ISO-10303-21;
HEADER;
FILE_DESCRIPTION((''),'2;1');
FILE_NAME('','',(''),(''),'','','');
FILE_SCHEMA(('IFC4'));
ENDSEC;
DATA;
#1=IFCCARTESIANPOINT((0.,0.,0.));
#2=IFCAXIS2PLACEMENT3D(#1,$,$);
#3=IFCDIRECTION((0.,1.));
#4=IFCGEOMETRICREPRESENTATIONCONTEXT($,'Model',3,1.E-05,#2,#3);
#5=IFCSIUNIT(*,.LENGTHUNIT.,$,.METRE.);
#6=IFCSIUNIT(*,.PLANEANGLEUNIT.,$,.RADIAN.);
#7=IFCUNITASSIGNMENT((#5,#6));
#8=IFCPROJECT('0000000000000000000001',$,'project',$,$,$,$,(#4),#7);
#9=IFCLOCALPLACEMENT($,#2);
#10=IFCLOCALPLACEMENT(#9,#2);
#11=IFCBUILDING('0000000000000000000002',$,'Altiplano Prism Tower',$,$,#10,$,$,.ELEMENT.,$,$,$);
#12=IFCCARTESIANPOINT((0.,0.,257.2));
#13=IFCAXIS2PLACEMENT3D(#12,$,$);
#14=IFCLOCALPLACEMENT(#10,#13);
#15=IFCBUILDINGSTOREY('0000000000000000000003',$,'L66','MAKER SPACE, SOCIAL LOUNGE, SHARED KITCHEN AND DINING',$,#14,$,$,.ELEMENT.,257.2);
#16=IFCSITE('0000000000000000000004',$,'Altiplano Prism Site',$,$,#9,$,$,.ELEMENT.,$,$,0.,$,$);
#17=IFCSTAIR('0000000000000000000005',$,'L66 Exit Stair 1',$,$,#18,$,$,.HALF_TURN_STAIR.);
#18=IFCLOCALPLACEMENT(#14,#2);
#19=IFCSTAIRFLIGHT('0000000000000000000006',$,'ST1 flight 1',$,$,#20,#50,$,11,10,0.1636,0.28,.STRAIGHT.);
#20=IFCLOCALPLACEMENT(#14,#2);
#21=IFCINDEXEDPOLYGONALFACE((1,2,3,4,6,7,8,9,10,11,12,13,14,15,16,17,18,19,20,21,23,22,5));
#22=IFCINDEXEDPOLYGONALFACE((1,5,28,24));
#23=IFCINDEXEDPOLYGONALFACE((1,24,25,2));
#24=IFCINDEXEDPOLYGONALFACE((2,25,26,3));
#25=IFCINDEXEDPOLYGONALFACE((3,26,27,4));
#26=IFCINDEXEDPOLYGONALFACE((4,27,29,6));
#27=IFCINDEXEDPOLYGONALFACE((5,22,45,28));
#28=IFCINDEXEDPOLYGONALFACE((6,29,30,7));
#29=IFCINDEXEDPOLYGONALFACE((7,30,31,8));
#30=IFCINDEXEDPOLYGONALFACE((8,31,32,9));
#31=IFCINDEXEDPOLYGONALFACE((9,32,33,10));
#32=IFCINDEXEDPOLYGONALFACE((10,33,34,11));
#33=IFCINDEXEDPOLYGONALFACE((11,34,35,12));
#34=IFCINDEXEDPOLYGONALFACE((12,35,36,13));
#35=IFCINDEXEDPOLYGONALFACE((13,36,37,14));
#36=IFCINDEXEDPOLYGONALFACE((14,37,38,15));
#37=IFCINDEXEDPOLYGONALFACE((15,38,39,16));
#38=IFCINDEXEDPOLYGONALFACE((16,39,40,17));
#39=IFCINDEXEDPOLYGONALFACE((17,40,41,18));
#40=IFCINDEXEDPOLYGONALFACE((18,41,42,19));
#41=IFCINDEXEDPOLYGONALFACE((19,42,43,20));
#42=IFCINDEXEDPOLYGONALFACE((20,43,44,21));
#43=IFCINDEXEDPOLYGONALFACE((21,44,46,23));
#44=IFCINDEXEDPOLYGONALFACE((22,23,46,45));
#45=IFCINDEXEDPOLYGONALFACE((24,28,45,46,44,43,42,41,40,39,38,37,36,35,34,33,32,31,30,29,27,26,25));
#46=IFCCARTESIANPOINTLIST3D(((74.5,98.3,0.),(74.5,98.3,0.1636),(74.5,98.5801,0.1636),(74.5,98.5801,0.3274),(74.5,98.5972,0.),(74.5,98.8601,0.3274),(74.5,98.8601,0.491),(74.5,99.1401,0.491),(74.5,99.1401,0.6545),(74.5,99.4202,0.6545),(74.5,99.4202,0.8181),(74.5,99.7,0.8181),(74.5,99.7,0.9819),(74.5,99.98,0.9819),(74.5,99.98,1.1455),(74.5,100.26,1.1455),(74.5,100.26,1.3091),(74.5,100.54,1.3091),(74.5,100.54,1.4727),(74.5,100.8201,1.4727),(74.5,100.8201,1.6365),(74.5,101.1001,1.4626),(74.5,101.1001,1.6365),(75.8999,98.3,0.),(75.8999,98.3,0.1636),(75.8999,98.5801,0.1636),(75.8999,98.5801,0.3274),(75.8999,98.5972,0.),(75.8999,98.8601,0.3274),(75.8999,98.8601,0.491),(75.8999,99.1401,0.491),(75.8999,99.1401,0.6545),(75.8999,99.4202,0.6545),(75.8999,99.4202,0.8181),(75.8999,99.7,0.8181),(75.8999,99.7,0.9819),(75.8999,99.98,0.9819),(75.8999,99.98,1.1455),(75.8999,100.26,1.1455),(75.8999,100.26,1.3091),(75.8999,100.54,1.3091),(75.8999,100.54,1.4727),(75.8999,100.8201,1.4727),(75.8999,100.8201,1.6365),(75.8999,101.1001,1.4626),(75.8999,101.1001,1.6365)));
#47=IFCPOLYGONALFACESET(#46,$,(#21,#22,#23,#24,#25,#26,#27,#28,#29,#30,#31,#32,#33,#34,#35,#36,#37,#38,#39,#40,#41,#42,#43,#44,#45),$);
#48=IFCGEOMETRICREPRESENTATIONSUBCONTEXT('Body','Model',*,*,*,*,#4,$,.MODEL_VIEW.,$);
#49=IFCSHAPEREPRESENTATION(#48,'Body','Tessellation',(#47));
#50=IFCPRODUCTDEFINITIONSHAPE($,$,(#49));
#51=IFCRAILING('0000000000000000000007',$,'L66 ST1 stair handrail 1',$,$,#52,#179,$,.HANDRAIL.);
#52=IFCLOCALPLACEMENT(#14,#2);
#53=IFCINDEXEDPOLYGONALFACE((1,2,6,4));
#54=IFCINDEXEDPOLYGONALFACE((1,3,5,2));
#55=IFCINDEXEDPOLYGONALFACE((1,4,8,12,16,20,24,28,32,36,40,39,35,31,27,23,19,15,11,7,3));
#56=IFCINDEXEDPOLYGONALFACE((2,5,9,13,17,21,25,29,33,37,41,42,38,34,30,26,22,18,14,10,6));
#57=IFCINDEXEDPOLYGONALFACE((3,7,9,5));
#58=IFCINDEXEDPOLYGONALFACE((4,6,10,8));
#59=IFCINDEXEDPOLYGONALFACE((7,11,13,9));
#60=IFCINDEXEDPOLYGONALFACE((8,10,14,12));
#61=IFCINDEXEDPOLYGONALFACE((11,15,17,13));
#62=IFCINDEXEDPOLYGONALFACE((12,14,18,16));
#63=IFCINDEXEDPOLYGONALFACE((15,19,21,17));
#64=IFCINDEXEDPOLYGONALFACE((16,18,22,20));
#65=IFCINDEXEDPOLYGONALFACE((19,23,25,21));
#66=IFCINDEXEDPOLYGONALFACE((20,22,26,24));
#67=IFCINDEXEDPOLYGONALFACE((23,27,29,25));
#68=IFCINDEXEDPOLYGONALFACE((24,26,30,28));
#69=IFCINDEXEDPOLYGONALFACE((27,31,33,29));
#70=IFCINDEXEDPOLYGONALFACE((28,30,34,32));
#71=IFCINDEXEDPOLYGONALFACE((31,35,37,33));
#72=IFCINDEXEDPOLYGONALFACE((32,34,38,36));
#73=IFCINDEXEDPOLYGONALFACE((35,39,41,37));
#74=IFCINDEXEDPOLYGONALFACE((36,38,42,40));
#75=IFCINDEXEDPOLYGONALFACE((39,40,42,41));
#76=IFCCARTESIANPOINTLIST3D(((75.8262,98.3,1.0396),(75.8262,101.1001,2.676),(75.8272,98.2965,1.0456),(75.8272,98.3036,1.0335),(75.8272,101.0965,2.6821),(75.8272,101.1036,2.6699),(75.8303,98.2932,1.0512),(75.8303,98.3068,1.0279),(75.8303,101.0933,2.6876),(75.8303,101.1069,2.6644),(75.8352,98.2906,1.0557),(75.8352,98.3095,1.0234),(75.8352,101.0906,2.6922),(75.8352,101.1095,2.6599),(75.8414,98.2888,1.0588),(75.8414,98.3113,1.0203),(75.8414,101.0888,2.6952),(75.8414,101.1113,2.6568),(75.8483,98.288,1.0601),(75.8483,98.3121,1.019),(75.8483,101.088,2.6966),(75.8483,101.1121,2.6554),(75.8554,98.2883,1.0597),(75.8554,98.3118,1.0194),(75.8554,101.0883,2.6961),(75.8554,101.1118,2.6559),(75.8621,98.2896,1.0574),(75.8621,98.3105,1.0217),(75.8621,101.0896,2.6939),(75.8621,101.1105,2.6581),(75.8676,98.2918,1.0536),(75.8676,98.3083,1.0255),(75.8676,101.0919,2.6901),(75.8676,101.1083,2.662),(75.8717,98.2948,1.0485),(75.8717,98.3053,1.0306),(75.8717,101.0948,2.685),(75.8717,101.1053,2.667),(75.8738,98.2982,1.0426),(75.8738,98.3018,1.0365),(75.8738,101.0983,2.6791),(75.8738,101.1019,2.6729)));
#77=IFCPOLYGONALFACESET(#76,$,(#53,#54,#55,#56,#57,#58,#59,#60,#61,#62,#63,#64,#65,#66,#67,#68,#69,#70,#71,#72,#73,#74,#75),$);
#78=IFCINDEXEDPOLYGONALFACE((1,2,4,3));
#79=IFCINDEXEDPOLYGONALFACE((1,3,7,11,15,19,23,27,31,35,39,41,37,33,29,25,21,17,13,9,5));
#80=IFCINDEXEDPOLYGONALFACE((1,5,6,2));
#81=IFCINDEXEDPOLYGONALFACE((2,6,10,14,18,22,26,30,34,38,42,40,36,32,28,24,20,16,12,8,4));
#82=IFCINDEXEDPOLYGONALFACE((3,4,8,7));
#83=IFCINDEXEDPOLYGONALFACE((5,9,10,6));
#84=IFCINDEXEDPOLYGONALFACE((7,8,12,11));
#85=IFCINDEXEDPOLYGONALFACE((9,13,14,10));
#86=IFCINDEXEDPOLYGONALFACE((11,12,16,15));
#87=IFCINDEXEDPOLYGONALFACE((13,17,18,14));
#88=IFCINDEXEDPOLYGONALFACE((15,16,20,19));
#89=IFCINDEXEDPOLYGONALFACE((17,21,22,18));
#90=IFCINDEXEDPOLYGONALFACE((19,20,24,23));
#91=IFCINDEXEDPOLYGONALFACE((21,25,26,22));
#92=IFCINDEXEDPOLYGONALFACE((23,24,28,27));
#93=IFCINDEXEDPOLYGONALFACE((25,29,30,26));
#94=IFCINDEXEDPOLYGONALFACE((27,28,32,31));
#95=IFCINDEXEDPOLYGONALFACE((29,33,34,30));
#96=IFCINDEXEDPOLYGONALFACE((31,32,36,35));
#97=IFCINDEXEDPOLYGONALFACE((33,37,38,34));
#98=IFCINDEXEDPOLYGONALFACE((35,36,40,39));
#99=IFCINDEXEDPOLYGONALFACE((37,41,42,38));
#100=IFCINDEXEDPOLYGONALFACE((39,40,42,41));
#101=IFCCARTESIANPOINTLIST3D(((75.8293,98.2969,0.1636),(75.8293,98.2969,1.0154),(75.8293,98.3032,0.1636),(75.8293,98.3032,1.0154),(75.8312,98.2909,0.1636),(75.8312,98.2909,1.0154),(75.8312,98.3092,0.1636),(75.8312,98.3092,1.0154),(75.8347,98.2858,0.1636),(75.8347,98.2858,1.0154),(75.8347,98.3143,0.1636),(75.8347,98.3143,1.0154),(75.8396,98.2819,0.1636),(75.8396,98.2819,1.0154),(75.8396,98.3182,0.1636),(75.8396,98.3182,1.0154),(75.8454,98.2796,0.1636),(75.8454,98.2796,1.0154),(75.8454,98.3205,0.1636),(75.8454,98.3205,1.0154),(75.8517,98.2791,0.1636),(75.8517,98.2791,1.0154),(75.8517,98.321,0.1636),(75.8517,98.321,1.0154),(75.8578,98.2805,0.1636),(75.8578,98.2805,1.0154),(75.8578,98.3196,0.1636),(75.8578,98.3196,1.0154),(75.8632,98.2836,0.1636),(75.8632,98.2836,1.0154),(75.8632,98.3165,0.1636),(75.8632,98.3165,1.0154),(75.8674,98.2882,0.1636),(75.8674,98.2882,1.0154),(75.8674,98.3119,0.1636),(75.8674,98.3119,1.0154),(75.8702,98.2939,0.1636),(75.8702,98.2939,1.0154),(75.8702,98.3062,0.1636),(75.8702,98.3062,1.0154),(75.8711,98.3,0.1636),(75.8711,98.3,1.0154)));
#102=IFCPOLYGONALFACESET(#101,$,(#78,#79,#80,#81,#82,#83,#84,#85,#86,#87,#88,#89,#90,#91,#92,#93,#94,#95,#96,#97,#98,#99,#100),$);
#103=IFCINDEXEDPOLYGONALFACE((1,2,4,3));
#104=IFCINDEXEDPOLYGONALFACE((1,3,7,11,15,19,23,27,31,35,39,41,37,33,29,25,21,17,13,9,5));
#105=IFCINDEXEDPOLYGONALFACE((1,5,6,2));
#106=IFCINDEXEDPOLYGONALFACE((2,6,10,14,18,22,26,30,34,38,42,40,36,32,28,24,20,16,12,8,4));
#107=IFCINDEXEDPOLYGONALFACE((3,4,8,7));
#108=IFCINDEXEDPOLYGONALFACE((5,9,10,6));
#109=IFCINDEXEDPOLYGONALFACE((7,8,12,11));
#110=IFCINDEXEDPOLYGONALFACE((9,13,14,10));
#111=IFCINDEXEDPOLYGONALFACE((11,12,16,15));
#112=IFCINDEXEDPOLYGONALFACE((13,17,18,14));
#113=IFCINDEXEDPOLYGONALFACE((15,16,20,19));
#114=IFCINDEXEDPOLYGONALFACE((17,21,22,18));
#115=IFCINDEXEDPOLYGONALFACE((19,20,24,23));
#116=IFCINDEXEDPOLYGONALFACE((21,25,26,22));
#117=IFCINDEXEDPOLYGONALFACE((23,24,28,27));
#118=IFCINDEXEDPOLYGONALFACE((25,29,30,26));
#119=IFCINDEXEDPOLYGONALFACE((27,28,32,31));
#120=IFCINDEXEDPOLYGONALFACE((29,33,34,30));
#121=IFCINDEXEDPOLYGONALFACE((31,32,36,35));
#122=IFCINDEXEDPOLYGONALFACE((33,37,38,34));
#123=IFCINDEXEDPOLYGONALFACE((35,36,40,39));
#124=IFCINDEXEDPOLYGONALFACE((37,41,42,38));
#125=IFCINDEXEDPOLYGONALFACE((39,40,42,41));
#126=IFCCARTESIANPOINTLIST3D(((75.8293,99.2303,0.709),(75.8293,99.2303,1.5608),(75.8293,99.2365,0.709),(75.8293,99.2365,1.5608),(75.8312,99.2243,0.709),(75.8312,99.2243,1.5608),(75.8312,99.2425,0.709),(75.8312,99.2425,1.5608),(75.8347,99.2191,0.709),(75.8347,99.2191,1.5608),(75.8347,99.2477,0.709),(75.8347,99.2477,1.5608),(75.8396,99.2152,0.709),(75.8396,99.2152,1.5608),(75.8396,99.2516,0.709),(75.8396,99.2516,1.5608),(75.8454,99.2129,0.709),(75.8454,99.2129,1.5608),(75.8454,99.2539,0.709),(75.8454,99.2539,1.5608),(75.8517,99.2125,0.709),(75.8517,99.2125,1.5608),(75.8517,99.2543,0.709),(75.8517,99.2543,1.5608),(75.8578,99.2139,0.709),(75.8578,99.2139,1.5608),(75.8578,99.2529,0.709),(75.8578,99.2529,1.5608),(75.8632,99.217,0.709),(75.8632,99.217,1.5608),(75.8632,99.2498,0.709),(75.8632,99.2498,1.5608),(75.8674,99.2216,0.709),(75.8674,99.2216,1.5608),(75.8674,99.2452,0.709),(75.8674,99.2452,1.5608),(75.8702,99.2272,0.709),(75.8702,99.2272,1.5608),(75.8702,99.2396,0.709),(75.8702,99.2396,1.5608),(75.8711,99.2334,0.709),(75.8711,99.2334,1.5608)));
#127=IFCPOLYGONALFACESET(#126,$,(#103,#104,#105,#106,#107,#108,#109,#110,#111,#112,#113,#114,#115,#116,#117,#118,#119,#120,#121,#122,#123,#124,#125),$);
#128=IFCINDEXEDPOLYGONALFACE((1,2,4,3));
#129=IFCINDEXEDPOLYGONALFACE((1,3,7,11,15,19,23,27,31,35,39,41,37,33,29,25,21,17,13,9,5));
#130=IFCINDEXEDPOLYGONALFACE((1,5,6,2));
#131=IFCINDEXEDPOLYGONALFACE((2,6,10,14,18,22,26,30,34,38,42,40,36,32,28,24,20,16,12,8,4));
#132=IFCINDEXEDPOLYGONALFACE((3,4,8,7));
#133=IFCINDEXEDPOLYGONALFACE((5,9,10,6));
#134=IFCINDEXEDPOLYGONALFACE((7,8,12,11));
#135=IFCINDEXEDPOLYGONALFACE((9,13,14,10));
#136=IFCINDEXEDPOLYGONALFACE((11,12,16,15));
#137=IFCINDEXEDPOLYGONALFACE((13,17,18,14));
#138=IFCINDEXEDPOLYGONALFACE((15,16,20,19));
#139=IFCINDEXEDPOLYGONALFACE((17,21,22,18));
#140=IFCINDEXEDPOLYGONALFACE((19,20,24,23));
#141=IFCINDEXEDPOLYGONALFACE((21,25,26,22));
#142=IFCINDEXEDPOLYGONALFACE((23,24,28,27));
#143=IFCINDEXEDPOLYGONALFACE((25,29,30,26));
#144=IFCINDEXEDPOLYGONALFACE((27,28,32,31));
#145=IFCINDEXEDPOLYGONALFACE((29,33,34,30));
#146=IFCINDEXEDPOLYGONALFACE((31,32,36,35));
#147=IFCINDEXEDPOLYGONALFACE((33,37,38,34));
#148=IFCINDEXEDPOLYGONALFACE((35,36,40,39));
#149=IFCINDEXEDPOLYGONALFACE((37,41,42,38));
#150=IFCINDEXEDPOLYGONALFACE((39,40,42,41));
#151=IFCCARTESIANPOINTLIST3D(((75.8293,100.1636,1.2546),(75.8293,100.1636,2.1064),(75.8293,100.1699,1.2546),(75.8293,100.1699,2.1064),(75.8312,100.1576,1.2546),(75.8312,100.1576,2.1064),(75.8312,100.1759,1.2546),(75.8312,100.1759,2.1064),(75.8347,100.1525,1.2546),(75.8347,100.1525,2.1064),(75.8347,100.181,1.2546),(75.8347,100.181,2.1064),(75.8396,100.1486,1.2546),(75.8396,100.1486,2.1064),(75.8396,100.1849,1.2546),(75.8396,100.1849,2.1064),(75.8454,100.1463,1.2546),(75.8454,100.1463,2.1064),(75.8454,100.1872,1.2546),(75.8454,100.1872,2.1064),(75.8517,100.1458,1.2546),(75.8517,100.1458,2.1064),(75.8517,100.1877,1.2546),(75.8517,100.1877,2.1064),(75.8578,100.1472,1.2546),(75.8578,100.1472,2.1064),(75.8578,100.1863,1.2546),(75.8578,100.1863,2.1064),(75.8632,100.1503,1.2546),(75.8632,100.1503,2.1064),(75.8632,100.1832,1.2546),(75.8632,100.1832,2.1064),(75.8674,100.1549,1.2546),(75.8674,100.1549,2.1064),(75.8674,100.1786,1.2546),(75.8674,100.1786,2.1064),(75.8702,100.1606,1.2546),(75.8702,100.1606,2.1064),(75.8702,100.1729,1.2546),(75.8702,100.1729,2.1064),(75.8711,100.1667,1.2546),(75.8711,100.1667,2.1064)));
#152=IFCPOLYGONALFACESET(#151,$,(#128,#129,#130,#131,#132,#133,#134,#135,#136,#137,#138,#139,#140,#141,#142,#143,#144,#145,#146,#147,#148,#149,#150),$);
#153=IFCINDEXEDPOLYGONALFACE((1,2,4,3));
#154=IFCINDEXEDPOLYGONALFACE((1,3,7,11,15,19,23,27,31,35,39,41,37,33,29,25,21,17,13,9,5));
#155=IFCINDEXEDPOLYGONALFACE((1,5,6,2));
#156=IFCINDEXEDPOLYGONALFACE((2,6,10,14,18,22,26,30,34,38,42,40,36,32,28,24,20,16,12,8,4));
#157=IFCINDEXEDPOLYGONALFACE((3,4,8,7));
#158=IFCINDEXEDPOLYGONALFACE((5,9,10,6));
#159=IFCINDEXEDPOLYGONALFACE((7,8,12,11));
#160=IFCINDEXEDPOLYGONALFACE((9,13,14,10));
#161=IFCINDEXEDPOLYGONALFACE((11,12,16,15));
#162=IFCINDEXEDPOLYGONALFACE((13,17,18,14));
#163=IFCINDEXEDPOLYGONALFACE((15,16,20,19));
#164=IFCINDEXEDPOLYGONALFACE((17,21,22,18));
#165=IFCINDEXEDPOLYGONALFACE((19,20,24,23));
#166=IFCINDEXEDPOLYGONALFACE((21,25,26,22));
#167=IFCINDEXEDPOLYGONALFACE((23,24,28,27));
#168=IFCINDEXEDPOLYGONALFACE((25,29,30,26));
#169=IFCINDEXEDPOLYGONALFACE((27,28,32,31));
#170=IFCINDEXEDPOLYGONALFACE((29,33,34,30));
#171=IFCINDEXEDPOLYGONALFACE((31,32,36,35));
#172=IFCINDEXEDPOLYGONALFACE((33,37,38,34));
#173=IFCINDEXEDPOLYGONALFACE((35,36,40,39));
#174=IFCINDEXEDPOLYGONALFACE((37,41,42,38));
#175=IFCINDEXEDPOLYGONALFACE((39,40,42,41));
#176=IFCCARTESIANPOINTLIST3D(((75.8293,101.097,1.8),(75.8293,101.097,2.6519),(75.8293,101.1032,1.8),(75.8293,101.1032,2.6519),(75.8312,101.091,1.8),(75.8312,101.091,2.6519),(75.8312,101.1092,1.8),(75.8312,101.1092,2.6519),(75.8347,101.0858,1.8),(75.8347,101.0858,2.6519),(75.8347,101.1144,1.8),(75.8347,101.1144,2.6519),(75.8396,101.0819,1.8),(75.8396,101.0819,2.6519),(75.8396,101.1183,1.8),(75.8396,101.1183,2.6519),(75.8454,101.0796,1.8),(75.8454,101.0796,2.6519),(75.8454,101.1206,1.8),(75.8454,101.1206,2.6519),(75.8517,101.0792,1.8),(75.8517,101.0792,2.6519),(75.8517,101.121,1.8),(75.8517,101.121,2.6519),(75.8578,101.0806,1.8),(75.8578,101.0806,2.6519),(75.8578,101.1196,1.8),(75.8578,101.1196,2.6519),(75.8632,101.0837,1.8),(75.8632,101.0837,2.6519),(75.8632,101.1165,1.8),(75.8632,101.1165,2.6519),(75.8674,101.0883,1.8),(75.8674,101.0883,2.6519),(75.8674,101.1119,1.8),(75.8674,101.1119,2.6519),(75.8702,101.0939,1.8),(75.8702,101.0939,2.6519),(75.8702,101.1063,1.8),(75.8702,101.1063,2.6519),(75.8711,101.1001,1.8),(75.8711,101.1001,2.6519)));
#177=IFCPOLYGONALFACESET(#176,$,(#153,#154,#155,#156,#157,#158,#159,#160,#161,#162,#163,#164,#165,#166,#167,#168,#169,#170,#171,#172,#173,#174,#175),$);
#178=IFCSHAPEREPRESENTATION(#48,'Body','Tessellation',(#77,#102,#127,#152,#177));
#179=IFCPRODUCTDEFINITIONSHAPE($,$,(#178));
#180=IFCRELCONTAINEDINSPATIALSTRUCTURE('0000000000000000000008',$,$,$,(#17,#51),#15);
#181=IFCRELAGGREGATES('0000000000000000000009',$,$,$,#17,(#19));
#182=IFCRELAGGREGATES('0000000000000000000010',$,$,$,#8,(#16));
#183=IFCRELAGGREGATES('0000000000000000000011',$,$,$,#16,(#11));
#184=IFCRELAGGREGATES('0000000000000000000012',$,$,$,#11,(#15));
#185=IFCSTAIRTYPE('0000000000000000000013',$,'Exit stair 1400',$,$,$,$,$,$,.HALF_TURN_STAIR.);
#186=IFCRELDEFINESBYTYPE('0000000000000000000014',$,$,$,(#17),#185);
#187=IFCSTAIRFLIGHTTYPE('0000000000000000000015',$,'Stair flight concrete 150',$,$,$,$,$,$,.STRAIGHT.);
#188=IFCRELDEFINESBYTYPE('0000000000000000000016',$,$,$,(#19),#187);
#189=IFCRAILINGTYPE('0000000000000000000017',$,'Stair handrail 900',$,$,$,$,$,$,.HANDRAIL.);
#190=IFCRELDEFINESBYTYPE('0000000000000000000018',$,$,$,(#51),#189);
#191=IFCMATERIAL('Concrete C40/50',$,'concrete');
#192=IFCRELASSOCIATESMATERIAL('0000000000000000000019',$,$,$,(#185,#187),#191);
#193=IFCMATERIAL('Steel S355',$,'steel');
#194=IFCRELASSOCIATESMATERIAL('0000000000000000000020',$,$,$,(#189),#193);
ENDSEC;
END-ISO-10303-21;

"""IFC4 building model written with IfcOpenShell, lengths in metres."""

from ifc_helpers import new_model, si_unit, direction, frame, origin, origin_2d, place, context, subcontext, project, spatial, polyline, circle, outline, extrude, material, type_object, element, aggregate, save


model = new_model("IFC4")

# Units and contexts
model_context = context("Model", 3, precision=1e-05, world=origin(), true_north=direction((0.0, 1.0)))
body_context = subcontext(model_context, "Body", "Model", "MODEL_VIEW")
ifc_project = project(units=[si_unit("LENGTHUNIT", "METRE"), si_unit("PLANEANGLEUNIT", "RADIAN")], contexts=[model_context])

# Site, building, storey
site_placement = place(None, origin())
site = spatial("IfcSite", under=ifc_project, at=site_placement, Name="Altiplano Prism Site", CompositionType="ELEMENT", RefElevation=0.0)
building_placement = place(site_placement, origin())
building = spatial("IfcBuilding", under=site, at=building_placement, Name="Altiplano Prism Tower", CompositionType="ELEMENT")
storey_placement = place(building_placement, frame((0.0, 0.0, 257.2)))
storey = spatial("IfcBuildingStorey", under=building, at=storey_placement, Name="L66", Description="MAKER SPACE, SOCIAL LOUNGE, SHARED KITCHEN AND DINING", CompositionType="ELEMENT", Elevation=257.2)

# Stair, stair flight
ifc_material_1 = material(Name="Concrete C40/50", Category="concrete")
stair_type = type_object("IfcStairType", Name="Exit stair 1400", PredefinedType="HALF_TURN_STAIR", material=ifc_material_1)
stair_placement = place(storey_placement, origin())
stair = element("IfcStair", 1, at=stair_placement, inside=storey, type_object=stair_type, Name="L66 Exit Stair 1", PredefinedType="HALF_TURN_STAIR")
stair_flight_type = type_object("IfcStairFlightType", Name="Stair flight concrete 150", PredefinedType="STRAIGHT", material=ifc_material_1)
stair_flight_placement = place(storey_placement, frame((75.2, 98.3, 0.0), z_axis=(0.0, 0.0, 1.0), x_axis=(0.0, 1.0, 0.0)))
stair_flight = element("IfcStairFlight", 2, at=stair_flight_placement, type_object=stair_flight_type, Name="ST1 flight 1", NumberOfRisers=11, NumberOfTreads=10, PredefinedType="STRAIGHT", RiserHeight=0.1636, TreadLength=0.28, context=body_context, shape_type="SweptSolid", body=[
    extrude(outline(polyline([(0.0, 0.0), (0.0, 0.1636), (0.28, 0.1636), (0.28, 0.3274), (0.5601, 0.3274), (0.5601, 0.491), (0.8401, 0.491), (0.8401, 0.6545), (1.1201, 0.6545), (1.1201, 0.8181), (1.3999, 0.8181), (1.3999, 0.9819), (1.6799, 0.9819), (1.6799, 1.1455), (1.96, 1.1455), (1.96, 1.3091), (2.24, 1.3091), (2.24, 1.4727), (2.52, 1.4727), (2.52, 1.6365), (2.8, 1.6365), (2.8, 1.8), (2.8, 1.4626), (0.2971, 0.0), (0.0, 0.0)])), frame((0.0, 0.7, 0.0), z_axis=(0.0, -1.0, 0.0), x_axis=(1.0, 0.0, 0.0)), (0.0, 0.0, 1.0), 1.3999),
])
aggregate(stair, [stair_flight])

# Railing
ifc_material_2 = material(Name="Steel S355", Category="steel")
railing_type_1 = type_object("IfcRailingType", Name="Stair handrail 900", PredefinedType="HANDRAIL", material=ifc_material_2)
railing_1_placement = place(storey_placement, frame((75.8501, 98.3, 0.1636)))
element("IfcRailing", 3, at=railing_1_placement, inside=storey, type_object=railing_type_1, Name="L66 ST1 stair handrail 1", PredefinedType="HANDRAIL", context=body_context, shape_type="SweptSolid", body=[
    extrude(circle(Radius=0.0239, at=origin_2d()), frame((0.0, 0.0, 0.876), z_axis=(0.0, 0.863361, 0.504587), x_axis=(-1.0, 0.0, 0.0)), (0.0, 0.0, 1.0), 3.2432),
    extrude(circle(Radius=0.021, at=origin_2d()), origin(), (0.0, 0.0, 1.0), 0.8518),
    extrude(circle(Radius=0.021, at=origin_2d()), frame((0.0, 0.9333, 0.5454)), (0.0, 0.0, 1.0), 0.8518),
    extrude(circle(Radius=0.021, at=origin_2d()), frame((0.0, 1.8667, 1.0911)), (0.0, 0.0, 1.0), 0.8518),
    extrude(circle(Radius=0.021, at=origin_2d()), frame((0.0, 2.8, 1.6365)), (0.0, 0.0, 1.0), 0.8518),
])

save(model, "model.ifc")
